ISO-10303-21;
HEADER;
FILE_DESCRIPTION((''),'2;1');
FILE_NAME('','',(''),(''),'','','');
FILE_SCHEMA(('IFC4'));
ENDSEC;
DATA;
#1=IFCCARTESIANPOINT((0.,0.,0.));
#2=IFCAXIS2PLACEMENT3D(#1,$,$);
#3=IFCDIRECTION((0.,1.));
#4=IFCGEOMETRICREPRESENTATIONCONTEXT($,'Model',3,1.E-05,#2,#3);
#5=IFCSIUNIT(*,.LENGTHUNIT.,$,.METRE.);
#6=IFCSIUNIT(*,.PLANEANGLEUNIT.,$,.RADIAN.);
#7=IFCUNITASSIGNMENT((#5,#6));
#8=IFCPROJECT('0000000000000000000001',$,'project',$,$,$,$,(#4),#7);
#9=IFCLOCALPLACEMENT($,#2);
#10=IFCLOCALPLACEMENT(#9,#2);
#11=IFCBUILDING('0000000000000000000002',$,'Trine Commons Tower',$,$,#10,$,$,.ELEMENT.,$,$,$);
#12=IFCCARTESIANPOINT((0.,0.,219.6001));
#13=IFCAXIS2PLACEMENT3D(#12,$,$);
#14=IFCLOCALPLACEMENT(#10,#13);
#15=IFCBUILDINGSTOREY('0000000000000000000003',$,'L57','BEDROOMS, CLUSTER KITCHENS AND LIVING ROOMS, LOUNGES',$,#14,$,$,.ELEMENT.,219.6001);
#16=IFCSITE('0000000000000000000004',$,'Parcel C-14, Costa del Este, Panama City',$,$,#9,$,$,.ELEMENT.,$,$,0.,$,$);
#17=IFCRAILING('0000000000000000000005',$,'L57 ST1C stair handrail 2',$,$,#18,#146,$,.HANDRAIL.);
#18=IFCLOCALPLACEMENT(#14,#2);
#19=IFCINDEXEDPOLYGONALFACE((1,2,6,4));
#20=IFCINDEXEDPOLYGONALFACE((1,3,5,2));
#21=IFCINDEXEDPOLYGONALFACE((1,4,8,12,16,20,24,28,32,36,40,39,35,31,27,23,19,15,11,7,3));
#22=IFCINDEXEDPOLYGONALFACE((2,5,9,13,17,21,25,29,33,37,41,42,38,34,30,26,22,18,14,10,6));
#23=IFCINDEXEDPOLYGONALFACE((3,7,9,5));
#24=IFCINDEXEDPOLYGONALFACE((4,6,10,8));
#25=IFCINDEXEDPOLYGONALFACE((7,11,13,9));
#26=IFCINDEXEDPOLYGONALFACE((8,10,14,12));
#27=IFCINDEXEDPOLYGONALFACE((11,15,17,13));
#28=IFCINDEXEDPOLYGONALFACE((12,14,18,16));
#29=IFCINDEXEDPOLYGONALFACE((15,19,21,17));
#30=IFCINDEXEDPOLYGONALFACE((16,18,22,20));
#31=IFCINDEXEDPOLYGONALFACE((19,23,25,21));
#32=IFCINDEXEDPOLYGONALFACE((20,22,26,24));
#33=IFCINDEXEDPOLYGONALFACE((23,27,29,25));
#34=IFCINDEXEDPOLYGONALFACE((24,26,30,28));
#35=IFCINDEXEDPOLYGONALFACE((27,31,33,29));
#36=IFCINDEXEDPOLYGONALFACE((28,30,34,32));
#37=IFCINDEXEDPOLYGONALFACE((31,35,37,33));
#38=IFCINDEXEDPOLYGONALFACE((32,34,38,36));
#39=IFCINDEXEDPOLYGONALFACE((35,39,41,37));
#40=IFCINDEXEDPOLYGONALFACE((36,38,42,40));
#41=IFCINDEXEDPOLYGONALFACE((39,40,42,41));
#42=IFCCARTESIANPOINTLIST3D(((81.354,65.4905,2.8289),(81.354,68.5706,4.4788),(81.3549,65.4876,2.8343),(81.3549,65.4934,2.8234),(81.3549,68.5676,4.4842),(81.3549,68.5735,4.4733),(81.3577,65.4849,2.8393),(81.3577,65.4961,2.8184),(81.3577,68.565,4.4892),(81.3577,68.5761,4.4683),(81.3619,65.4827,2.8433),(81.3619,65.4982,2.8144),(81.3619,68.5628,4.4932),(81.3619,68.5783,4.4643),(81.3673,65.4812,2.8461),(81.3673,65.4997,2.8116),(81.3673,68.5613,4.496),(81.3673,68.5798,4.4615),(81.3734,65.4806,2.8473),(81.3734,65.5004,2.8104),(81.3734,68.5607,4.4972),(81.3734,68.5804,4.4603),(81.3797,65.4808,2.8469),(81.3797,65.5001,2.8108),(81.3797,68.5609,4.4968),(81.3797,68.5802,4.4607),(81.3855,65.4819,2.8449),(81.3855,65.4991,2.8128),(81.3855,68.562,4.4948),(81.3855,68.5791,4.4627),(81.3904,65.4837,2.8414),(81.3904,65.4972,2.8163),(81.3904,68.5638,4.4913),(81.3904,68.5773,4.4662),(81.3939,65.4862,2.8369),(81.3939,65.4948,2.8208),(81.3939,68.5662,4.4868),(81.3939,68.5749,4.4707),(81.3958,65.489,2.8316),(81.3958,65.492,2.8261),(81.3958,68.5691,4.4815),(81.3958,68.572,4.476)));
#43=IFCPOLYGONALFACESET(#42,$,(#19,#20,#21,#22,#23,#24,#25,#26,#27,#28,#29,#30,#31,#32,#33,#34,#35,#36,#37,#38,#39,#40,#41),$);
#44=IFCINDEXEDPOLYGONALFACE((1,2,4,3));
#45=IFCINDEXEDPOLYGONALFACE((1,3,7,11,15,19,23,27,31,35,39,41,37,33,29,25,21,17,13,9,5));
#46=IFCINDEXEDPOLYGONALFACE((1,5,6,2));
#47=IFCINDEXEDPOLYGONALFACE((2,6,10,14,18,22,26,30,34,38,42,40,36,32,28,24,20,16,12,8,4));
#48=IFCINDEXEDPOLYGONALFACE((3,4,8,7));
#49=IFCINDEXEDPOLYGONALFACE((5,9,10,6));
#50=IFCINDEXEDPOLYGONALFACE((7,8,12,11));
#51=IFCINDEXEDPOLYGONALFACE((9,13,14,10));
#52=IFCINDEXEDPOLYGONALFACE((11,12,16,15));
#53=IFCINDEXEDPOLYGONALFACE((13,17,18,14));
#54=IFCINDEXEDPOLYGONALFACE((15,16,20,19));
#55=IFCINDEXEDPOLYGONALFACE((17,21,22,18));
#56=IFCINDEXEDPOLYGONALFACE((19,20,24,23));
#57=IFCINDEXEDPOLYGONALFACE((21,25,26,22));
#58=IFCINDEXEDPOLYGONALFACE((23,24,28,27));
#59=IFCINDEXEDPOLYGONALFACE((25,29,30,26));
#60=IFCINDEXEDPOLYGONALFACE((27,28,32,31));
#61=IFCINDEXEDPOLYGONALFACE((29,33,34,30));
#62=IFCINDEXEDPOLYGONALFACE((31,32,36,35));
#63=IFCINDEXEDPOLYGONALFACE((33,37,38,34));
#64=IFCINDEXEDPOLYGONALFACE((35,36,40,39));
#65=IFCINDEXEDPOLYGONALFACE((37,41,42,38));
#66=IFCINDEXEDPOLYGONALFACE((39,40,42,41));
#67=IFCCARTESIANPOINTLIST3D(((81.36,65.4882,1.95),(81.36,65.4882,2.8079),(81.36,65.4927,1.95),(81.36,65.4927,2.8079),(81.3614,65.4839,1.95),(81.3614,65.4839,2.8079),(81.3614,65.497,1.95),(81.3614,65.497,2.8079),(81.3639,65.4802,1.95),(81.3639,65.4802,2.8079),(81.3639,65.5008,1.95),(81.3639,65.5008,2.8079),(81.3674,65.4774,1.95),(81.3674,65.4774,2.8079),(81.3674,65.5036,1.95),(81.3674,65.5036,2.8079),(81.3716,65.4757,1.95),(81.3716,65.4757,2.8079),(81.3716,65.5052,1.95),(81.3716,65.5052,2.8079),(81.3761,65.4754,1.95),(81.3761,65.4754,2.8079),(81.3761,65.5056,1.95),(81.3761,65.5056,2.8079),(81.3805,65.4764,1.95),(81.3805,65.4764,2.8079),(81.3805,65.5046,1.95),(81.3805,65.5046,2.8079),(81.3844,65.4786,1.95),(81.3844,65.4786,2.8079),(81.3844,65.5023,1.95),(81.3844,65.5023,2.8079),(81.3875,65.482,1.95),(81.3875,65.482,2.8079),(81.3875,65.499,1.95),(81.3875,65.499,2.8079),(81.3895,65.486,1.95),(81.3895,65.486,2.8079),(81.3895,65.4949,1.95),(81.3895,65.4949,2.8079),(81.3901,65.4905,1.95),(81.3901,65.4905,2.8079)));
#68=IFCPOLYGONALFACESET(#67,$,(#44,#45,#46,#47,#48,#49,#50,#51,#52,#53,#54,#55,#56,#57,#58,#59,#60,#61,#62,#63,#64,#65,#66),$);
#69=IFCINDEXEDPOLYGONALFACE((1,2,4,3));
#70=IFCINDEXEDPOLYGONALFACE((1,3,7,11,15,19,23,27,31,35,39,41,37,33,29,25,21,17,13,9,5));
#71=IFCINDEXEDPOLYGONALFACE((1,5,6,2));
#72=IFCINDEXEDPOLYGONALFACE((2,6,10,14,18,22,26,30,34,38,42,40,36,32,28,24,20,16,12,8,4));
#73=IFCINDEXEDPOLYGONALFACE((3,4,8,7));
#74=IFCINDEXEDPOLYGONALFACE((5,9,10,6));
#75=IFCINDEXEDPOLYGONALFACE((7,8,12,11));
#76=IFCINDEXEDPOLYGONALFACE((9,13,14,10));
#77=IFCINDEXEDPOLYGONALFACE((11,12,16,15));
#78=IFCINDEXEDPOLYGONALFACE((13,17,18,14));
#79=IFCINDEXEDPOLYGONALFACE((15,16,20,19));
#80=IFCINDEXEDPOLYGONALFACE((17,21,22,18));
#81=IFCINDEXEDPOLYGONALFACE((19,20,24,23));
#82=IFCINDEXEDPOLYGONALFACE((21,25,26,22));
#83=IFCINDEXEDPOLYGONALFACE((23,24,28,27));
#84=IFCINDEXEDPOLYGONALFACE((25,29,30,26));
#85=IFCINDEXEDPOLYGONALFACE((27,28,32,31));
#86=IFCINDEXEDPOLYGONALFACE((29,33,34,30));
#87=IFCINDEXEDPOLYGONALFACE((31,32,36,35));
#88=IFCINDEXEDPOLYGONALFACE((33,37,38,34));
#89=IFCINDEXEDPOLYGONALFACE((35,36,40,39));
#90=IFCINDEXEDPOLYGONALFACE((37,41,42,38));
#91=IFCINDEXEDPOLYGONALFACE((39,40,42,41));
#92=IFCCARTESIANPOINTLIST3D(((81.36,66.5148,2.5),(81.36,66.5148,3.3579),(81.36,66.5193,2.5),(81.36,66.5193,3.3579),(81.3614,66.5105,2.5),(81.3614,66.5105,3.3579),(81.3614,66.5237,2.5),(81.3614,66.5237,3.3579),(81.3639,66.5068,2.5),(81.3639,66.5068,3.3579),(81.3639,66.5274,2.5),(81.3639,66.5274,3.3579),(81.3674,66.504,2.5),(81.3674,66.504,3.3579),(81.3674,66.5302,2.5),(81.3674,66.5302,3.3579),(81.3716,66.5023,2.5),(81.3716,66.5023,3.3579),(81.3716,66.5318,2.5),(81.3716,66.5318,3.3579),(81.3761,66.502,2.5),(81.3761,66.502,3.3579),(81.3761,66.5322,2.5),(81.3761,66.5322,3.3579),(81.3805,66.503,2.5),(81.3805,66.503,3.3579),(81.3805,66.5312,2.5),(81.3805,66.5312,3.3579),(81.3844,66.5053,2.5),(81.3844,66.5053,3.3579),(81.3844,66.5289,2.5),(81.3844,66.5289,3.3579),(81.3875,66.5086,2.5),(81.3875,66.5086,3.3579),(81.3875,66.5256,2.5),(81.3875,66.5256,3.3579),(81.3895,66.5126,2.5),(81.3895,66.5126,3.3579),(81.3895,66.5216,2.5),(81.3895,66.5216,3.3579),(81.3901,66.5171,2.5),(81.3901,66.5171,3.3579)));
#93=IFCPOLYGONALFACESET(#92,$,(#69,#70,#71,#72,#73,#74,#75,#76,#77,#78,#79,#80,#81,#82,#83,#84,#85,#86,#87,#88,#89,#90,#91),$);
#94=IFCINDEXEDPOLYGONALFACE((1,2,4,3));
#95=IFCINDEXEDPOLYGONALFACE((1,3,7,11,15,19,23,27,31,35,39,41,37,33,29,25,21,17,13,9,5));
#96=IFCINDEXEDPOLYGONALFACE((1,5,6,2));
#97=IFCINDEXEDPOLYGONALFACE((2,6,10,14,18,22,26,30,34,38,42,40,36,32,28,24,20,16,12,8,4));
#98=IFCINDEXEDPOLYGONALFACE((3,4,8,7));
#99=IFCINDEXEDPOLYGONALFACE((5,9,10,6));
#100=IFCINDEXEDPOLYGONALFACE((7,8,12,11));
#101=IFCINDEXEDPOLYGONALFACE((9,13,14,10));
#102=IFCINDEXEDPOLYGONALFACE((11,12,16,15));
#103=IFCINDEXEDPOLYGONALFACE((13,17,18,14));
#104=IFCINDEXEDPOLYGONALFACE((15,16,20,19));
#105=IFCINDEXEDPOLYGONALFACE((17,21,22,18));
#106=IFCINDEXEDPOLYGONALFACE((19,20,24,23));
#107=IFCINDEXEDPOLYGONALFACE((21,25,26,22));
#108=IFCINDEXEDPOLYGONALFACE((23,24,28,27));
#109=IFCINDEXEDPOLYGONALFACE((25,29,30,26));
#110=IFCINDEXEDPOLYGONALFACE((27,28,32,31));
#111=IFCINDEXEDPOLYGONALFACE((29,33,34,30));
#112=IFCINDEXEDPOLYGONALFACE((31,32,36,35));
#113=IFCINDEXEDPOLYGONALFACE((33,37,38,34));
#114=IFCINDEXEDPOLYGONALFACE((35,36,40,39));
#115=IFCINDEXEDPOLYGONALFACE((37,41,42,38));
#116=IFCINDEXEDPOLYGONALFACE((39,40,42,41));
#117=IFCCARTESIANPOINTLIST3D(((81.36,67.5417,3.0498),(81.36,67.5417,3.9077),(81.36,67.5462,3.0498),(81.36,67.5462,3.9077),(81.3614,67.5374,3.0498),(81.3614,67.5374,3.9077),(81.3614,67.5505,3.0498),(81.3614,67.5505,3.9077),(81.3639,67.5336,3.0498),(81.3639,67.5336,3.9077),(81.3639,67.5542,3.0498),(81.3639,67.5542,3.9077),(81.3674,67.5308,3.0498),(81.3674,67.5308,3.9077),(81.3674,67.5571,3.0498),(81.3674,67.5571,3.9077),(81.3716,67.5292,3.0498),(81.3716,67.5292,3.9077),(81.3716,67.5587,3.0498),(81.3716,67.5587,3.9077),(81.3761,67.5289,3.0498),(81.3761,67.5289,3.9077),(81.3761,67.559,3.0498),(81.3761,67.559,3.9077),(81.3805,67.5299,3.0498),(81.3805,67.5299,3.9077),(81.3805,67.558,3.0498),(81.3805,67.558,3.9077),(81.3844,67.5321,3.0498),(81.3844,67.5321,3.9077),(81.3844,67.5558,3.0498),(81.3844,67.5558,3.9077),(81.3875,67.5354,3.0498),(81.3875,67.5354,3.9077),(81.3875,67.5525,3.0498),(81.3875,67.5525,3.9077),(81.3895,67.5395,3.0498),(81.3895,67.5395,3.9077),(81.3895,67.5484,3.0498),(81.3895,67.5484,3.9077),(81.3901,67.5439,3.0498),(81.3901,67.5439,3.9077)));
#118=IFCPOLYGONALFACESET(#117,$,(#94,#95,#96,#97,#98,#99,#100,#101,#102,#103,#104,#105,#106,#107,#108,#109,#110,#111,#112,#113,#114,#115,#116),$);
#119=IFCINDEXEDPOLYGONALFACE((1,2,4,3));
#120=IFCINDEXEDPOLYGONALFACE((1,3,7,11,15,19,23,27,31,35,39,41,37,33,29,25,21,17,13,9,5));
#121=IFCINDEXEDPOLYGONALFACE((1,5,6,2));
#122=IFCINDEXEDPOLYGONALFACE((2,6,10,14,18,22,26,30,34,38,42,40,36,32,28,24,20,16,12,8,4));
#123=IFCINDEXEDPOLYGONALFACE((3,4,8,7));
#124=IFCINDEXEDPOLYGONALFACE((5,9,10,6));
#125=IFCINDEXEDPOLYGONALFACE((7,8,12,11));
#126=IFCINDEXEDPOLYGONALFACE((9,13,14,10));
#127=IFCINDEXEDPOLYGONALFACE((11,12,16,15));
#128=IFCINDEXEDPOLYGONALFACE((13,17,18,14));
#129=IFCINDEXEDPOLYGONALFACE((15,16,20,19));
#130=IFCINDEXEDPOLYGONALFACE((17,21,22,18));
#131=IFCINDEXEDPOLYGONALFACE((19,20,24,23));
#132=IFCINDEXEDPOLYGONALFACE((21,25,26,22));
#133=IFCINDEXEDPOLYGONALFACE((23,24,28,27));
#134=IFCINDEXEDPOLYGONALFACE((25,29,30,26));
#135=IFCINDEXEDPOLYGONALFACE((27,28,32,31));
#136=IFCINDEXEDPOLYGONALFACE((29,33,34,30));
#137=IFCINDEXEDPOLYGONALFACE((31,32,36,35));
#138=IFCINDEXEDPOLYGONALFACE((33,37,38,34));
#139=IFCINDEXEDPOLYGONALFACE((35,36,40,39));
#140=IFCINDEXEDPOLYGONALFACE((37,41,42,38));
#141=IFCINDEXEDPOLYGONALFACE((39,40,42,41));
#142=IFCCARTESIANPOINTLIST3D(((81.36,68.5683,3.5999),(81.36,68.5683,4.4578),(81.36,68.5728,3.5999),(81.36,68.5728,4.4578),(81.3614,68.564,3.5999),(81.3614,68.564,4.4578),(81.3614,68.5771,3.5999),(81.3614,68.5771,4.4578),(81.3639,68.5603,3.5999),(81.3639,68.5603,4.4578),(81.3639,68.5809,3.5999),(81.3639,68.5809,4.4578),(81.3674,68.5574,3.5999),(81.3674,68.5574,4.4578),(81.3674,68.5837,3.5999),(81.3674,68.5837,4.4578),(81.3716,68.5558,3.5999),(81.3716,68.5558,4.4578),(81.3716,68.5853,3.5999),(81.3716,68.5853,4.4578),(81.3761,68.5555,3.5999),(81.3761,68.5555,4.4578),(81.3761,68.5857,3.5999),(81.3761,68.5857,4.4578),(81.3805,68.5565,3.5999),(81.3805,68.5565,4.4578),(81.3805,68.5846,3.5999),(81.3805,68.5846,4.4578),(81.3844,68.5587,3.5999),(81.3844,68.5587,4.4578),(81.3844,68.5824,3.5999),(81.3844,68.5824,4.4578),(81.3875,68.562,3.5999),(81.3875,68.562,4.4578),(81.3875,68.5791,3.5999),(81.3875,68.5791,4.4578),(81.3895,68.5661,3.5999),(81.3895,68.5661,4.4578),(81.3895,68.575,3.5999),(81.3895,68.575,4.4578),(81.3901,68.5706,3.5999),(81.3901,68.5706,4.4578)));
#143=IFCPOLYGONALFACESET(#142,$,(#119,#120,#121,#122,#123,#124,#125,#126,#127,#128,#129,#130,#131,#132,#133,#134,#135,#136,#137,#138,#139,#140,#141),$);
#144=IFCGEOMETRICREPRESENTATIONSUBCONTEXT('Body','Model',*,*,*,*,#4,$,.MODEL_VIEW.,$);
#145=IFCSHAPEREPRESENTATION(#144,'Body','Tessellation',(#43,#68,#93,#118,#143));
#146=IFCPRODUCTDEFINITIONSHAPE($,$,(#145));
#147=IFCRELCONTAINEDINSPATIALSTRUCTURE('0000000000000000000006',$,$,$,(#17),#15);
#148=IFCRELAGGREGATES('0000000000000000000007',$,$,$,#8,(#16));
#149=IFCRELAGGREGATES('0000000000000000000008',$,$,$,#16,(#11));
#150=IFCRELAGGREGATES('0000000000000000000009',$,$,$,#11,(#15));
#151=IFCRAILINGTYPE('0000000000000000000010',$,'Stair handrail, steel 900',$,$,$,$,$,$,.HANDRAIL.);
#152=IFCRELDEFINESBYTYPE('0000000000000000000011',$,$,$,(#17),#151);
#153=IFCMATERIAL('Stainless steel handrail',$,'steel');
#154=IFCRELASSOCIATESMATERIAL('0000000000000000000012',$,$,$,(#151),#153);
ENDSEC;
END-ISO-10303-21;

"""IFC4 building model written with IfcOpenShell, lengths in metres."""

from ifc_helpers import new_model, si_unit, direction, frame, origin, origin_2d, place, context, subcontext, project, spatial, circle, extrude, material, type_object, element, save


model = new_model("IFC4")

# Units and contexts
model_context = context("Model", 3, precision=1e-05, world=origin(), true_north=direction((0.0, 1.0)))
body_context = subcontext(model_context, "Body", "Model", "MODEL_VIEW")
ifc_project = project(units=[si_unit("LENGTHUNIT", "METRE"), si_unit("PLANEANGLEUNIT", "RADIAN")], contexts=[model_context])

# Site, building, storey
site_placement = place(None, origin())
site = spatial("IfcSite", under=ifc_project, at=site_placement, Name="Parcel C-14, Costa del Este, Panama City", CompositionType="ELEMENT", RefElevation=0.0)
building_placement = place(site_placement, origin())
building = spatial("IfcBuilding", under=site, at=building_placement, Name="Trine Commons Tower", CompositionType="ELEMENT")
storey_placement = place(building_placement, frame((0.0, 0.0, 219.6001)))
storey = spatial("IfcBuildingStorey", under=building, at=storey_placement, Name="L57", Description="BEDROOMS, CLUSTER KITCHENS AND LIVING ROOMS, LOUNGES", CompositionType="ELEMENT", Elevation=219.6001)

# Railing
ifc_material_1 = material(Name="Stainless steel handrail", Category="steel")
railing_type = type_object("IfcRailingType", Name="Stair handrail, steel 900", PredefinedType="HANDRAIL", material=ifc_material_1)
railing_placement = place(storey_placement, frame((81.375, 65.4905, 1.95)))
element("IfcRailing", 1, at=railing_placement, inside=storey, type_object=railing_type, Name="L57 ST1C stair handrail 2", PredefinedType="HANDRAIL", context=body_context, shape_type="SweptSolid", body=[
    extrude(circle(Radius=0.021, at=origin_2d()), frame((0.0, 0.0, 0.8789), z_axis=(0.0, 0.881497, 0.47219), x_axis=(-1.0, 0.0, 0.0)), (0.0, 0.0, 1.0), 3.4941),
    extrude(circle(Radius=0.0151, at=origin_2d()), origin(), (0.0, 0.0, 1.0), 0.8579),
    extrude(circle(Radius=0.0151, at=origin_2d()), frame((0.0, 1.0266, 0.55)), (0.0, 0.0, 1.0), 0.8579),
    extrude(circle(Radius=0.0151, at=origin_2d()), frame((0.0, 2.0535, 1.0999)), (0.0, 0.0, 1.0), 0.8579),
    extrude(circle(Radius=0.0151, at=origin_2d()), frame((0.0, 3.0801, 1.6499)), (0.0, 0.0, 1.0), 0.8579),
])

save(model, "model.ifc")
